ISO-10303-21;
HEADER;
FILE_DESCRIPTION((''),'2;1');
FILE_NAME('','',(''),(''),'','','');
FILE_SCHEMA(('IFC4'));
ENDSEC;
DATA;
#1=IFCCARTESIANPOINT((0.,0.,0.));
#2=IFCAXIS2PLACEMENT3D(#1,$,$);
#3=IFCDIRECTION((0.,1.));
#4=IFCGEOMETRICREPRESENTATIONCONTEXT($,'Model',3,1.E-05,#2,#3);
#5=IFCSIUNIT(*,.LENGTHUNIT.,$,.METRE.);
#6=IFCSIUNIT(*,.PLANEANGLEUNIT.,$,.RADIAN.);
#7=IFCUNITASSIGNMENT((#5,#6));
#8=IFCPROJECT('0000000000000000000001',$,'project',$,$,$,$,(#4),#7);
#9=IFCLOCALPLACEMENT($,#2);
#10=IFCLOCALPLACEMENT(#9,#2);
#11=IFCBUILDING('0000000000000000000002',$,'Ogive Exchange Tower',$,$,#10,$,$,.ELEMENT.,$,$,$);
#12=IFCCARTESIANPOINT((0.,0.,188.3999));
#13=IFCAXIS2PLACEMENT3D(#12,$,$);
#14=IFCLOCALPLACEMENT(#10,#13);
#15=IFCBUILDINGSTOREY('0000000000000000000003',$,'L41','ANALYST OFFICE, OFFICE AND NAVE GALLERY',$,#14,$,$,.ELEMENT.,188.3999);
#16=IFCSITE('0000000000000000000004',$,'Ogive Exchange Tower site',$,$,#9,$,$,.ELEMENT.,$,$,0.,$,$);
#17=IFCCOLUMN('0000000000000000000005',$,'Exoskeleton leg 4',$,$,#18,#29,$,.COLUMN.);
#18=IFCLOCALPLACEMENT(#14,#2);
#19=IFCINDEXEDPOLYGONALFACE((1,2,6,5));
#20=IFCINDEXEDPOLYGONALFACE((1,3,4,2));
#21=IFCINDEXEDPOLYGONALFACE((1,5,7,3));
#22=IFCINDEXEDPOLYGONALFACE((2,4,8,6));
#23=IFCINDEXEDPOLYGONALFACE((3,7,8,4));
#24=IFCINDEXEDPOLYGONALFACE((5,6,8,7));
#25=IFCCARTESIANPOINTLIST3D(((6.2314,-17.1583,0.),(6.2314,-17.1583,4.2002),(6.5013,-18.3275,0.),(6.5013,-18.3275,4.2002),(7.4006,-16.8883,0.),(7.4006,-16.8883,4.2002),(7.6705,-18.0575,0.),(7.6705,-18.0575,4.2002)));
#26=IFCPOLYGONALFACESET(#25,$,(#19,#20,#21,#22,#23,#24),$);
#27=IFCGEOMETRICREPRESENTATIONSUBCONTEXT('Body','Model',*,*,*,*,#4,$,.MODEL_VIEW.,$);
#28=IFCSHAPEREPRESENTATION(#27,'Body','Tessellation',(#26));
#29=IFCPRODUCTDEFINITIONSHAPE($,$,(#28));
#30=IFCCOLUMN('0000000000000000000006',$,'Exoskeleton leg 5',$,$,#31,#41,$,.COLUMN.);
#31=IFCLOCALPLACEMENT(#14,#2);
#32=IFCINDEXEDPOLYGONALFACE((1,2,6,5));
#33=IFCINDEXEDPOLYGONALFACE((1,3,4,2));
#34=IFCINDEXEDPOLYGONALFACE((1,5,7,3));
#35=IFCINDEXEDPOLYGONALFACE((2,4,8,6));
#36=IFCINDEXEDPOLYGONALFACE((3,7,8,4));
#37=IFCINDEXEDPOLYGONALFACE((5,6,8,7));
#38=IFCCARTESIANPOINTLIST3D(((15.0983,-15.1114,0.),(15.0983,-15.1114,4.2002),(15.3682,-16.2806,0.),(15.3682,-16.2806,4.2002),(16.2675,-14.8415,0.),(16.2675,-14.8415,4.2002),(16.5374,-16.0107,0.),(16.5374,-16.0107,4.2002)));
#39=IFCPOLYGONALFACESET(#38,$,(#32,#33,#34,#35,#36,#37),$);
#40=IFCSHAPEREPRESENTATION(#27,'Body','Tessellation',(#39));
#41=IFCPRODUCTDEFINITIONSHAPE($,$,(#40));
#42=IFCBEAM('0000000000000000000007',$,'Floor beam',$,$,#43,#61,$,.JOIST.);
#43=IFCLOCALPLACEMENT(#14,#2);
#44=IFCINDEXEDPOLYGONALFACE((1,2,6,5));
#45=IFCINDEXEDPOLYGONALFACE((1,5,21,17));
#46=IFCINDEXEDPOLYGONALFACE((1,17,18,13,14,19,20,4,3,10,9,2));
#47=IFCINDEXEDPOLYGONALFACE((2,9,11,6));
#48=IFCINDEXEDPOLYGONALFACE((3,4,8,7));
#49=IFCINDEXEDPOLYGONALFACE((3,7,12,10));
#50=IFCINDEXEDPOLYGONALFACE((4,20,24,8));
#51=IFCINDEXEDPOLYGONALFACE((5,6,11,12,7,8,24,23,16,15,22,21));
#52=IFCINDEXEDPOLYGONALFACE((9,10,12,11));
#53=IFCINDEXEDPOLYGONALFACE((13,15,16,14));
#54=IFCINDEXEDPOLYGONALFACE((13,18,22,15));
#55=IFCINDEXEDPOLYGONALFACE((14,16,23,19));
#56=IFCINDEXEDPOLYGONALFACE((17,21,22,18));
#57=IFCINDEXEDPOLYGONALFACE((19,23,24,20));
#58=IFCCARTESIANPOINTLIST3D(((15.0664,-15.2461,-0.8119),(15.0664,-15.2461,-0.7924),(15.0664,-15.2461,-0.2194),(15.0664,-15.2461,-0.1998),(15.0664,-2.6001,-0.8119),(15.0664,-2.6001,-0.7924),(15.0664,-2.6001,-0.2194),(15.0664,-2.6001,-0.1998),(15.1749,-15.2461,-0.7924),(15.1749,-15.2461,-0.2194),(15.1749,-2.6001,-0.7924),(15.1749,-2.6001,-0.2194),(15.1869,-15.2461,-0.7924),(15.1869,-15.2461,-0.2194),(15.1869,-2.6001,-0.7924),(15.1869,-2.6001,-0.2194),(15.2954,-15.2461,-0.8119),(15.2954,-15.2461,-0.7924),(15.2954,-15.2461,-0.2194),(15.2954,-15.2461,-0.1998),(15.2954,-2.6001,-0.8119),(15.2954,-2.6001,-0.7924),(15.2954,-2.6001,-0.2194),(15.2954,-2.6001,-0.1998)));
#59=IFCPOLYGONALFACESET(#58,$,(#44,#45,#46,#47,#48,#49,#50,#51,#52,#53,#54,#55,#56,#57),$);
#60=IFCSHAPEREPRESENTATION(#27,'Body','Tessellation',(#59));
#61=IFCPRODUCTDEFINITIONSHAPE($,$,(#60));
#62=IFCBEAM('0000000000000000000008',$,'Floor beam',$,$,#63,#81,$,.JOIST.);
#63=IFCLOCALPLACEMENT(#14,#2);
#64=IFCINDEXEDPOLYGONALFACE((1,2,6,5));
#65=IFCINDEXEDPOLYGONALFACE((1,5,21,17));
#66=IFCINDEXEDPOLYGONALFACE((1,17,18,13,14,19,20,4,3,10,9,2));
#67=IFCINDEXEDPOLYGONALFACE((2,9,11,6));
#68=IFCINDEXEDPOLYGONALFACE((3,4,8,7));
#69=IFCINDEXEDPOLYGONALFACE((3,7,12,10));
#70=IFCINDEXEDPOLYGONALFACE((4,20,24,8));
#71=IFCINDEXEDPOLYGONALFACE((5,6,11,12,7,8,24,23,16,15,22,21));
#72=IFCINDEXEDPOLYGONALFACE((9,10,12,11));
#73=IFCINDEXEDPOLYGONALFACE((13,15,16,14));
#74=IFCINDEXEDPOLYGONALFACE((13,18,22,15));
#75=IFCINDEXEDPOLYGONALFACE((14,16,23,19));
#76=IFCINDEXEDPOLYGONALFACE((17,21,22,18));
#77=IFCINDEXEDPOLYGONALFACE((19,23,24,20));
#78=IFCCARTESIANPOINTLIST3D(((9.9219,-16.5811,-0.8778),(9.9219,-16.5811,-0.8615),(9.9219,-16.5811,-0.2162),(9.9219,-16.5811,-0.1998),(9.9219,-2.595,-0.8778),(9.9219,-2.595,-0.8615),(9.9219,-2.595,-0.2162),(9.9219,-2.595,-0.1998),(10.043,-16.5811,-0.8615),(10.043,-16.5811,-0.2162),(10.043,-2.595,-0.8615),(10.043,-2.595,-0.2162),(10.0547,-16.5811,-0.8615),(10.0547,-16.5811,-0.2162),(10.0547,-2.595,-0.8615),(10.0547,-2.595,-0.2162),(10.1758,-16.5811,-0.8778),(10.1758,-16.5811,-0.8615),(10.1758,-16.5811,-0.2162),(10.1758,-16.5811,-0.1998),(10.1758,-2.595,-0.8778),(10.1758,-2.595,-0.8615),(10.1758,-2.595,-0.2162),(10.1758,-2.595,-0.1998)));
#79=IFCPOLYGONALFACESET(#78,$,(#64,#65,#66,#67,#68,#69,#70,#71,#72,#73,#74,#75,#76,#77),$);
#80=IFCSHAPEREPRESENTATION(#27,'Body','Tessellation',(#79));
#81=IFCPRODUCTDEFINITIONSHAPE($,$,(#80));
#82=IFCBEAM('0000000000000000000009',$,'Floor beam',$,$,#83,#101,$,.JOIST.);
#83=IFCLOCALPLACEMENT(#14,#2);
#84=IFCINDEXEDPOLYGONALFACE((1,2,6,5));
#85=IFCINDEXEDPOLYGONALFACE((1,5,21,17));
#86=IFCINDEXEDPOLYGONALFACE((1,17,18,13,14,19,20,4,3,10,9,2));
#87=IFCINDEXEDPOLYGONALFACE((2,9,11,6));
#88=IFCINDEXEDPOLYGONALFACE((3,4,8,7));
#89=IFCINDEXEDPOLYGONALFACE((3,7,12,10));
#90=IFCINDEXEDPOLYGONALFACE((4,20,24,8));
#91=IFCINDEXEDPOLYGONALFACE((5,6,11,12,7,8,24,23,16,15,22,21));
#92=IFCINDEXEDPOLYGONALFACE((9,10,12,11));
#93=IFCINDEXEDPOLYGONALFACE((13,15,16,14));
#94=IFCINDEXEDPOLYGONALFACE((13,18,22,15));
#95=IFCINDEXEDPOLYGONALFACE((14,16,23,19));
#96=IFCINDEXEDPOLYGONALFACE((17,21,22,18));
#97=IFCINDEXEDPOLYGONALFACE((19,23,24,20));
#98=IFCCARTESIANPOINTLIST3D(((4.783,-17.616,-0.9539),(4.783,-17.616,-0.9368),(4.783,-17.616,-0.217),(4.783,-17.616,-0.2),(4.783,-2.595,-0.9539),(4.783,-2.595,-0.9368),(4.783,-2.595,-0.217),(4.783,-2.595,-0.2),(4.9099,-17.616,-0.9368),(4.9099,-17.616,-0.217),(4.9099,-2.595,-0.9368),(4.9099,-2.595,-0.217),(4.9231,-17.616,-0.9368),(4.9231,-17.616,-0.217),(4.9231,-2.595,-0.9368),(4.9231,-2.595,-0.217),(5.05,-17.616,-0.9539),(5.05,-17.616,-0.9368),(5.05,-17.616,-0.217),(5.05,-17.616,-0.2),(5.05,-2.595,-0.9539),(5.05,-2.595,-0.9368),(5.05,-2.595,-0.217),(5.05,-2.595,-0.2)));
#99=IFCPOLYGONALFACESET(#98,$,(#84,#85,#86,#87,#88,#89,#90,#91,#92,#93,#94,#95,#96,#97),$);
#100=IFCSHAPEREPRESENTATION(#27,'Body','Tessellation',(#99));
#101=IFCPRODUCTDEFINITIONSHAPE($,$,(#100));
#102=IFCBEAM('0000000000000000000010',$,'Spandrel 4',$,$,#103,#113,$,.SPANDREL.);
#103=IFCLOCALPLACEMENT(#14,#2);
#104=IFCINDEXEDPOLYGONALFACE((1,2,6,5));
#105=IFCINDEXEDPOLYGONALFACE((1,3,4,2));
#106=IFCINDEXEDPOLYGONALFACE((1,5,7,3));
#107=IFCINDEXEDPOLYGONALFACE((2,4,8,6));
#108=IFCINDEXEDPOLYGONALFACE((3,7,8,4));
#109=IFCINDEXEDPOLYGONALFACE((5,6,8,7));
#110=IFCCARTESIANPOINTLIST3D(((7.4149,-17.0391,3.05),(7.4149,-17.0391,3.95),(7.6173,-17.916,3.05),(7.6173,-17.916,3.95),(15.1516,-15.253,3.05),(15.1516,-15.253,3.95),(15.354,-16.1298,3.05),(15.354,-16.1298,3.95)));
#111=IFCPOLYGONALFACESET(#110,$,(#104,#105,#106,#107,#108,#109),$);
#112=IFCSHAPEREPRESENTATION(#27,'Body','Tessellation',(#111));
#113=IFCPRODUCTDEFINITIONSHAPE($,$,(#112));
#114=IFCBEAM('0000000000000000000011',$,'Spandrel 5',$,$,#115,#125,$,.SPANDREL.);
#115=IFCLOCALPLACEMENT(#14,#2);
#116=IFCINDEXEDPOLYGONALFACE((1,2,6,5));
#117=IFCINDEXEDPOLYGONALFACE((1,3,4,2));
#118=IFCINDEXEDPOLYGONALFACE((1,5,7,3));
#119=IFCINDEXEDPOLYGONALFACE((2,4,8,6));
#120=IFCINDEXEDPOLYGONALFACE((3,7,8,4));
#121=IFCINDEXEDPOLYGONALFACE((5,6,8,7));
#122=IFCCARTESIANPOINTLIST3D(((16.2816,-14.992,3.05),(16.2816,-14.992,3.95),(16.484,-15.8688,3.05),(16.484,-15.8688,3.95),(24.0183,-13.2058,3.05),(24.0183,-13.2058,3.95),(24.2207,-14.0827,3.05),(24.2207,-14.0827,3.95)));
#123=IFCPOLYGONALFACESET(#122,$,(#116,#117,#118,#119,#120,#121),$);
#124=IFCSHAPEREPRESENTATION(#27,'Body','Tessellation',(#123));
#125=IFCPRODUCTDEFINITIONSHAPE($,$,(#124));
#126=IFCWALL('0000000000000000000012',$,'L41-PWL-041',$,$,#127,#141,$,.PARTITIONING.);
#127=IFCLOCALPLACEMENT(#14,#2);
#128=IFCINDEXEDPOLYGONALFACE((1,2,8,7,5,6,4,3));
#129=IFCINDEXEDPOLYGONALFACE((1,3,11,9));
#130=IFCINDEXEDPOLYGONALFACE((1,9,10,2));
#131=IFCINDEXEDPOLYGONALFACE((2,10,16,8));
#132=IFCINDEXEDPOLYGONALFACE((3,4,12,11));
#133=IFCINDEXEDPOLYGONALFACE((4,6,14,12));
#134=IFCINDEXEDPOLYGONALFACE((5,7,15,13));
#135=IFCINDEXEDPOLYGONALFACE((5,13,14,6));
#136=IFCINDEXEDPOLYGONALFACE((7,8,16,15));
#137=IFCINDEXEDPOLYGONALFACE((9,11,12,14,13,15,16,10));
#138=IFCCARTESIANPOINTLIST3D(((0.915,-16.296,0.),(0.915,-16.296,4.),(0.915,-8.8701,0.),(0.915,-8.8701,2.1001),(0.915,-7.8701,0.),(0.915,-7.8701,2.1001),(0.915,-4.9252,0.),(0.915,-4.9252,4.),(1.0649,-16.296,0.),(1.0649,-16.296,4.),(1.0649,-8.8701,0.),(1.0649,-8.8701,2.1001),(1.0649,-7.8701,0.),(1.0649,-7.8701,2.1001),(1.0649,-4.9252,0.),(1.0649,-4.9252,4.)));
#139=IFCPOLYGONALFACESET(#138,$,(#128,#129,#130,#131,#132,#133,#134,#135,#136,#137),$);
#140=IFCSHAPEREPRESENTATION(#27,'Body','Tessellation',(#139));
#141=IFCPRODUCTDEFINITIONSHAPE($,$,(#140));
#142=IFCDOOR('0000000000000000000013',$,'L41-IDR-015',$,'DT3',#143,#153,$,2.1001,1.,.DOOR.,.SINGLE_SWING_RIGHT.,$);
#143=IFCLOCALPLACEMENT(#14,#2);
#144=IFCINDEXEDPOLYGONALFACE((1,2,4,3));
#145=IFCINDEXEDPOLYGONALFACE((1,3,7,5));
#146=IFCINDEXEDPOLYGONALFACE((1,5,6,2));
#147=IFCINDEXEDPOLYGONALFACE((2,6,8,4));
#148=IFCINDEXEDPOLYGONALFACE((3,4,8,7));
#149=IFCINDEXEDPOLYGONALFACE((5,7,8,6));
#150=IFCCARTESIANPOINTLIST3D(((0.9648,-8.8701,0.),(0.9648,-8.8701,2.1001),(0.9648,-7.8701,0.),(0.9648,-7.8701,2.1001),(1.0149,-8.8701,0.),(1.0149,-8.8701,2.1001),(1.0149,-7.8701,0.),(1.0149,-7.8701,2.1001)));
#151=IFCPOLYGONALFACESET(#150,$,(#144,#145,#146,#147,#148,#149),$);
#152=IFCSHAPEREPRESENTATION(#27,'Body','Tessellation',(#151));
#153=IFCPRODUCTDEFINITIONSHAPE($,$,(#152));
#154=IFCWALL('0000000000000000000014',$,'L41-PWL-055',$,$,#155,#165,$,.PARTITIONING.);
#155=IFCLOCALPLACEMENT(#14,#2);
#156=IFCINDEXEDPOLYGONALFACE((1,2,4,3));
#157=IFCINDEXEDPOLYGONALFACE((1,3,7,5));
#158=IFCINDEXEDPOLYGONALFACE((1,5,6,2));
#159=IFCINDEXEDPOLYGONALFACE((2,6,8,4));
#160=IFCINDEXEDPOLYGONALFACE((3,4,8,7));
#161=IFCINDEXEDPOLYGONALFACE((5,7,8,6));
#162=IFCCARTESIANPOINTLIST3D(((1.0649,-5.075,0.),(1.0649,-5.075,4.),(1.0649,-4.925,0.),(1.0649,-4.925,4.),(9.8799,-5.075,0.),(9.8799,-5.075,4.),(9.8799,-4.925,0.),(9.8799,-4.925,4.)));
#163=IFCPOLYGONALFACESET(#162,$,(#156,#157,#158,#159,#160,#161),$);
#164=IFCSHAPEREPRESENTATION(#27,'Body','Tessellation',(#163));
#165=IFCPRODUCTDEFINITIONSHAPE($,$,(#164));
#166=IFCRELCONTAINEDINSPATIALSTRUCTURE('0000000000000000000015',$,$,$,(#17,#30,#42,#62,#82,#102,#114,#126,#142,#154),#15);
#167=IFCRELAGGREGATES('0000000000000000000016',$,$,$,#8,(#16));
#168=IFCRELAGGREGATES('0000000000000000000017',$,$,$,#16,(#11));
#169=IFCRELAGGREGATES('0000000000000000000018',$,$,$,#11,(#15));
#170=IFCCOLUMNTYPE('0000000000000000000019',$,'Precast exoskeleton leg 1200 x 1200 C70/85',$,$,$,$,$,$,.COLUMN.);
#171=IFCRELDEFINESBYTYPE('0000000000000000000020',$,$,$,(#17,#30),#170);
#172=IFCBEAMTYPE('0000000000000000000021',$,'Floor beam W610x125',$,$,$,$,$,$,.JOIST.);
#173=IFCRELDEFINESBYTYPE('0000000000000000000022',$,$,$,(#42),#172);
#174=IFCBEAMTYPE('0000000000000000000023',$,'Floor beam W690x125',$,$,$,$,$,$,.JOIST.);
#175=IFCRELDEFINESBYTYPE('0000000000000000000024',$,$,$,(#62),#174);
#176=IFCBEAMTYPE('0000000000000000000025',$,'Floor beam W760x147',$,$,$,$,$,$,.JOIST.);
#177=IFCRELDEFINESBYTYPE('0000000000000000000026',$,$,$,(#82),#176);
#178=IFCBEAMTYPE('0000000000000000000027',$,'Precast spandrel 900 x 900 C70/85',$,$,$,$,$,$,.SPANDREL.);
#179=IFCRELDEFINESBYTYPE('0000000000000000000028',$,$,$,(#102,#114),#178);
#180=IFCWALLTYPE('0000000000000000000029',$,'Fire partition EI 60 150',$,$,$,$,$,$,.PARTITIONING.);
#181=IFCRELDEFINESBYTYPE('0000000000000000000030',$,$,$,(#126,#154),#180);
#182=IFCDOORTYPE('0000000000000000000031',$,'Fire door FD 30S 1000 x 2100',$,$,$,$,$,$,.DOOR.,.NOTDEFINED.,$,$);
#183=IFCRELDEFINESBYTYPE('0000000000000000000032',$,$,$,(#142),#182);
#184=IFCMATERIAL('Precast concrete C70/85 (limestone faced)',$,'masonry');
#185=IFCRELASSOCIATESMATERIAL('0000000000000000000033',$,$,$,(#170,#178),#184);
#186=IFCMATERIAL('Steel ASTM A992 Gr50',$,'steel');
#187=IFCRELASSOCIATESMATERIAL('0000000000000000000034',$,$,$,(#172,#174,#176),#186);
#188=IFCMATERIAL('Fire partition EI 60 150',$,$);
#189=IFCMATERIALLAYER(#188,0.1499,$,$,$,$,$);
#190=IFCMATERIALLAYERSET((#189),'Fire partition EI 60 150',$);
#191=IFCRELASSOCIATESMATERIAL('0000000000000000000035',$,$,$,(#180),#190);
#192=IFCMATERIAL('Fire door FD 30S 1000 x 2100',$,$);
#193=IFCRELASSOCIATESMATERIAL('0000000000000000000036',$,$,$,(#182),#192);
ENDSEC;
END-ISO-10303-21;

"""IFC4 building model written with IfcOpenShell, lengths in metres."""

from ifc_helpers import new_model, si_unit, direction, frame, frame_2d, origin, origin_2d, place, context, subcontext, project, spatial, rectangle, i_section, extrude, material, layer, layer_set, material_profile, profile_set, type_object, element, fill, save


model = new_model("IFC4")

# Units and contexts
model_context = context("Model", 3, precision=1e-05, world=origin(), true_north=direction((0.0, 1.0)))
body_context = subcontext(model_context, "Body", "Model", "MODEL_VIEW")
ifc_project = project(units=[si_unit("LENGTHUNIT", "METRE"), si_unit("PLANEANGLEUNIT", "RADIAN")], contexts=[model_context])

# Site, building, storey
site_placement = place(None, origin())
site = spatial("IfcSite", under=ifc_project, at=site_placement, Name="Ogive Exchange Tower site", CompositionType="ELEMENT", RefElevation=0.0)
building_placement = place(site_placement, origin())
building = spatial("IfcBuilding", under=site, at=building_placement, Name="Ogive Exchange Tower", CompositionType="ELEMENT")
storey_placement = place(building_placement, frame((0.0, 0.0, 188.3999)))
storey = spatial("IfcBuildingStorey", under=building, at=storey_placement, Name="L41", Description="ANALYST OFFICE, OFFICE AND NAVE GALLERY", CompositionType="ELEMENT", Elevation=188.3999)

# Columns
ifc_material_1 = material(Name="Precast concrete C70/85 (limestone faced)", Category="masonry")
ifc_material_profile_1 = material_profile(ifc_material_1, rectangle(XDim=1.2, YDim=1.2, at=origin_2d()), Name="1200 x 1200")
ifc_profile_set_1 = profile_set([ifc_material_profile_1], Name="Precast concrete C70/85 (limestone faced)")
column_type = type_object("IfcColumnType", Name="Precast exoskeleton leg 1200 x 1200 C70/85", PredefinedType="COLUMN", material=ifc_profile_set_1)
for number, where, z_axis, x_axis, name in (
    (1, (6.9509, -17.6079, 0.0), (0.0, 0.0, 1.0), (0.97437, 0.224951, 0.0), "Exoskeleton leg 4"),
    (2, (15.8179, -15.561, 0.0), (0.0, 0.0, 1.0), (0.97437, 0.224951, 0.0), "Exoskeleton leg 5"),
):
    element("IfcColumn", number, at=place(storey_placement, frame(where, z_axis=z_axis, x_axis=x_axis)), inside=storey, type_object=column_type, Name=name, PredefinedType="COLUMN", context=body_context, shape_type="SweptSolid", body=[
        extrude(rectangle(XDim=1.2, YDim=1.2, at=origin_2d()), origin(), (0.0, 0.0, 1.0), 4.2002),
    ])

# Beams
ifc_material_2 = material(Name="Steel ASTM A992 Gr50", Category="steel")
ifc_material_profile_2 = material_profile(ifc_material_2, i_section(OverallWidth=0.229, OverallDepth=0.6121, WebThickness=0.012, FlangeThickness=0.0195, at=origin_2d()), Name="W610x125")
ifc_profile_set_2 = profile_set([ifc_material_profile_2], Name="Steel ASTM A992 Gr50")
beam_type_1 = type_object("IfcBeamType", Name="Floor beam W610x125", PredefinedType="JOIST", material=ifc_profile_set_2)
beam_1_placement = place(storey_placement, frame((15.1809, -15.2461, -0.5059), z_axis=(0.0, 1.0, 0.0), x_axis=(-1.0, 0.0, 0.0)))
element("IfcBeam", 3, at=beam_1_placement, inside=storey, type_object=beam_type_1, Name="Floor beam", PredefinedType="JOIST", context=body_context, shape_type="SweptSolid", body=[
    extrude(i_section(OverallWidth=0.229, OverallDepth=0.6121, WebThickness=0.012, FlangeThickness=0.0195, at=origin_2d()), origin(), (0.0, 0.0, 1.0), 12.646),
])
ifc_material_profile_3 = material_profile(ifc_material_2, i_section(OverallWidth=0.2539, OverallDepth=0.678, WebThickness=0.0117, FlangeThickness=0.0164, at=origin_2d()), Name="W690x125")
ifc_profile_set_3 = profile_set([ifc_material_profile_3], Name="Steel ASTM A992 Gr50")
beam_type_2 = type_object("IfcBeamType", Name="Floor beam W690x125", PredefinedType="JOIST", material=ifc_profile_set_3)
beam_2_placement = place(storey_placement, frame((10.0488, -16.5811, -0.5388), z_axis=(0.0, 1.0, 0.0), x_axis=(-1.0, 0.0, 0.0)))
element("IfcBeam", 4, at=beam_2_placement, inside=storey, type_object=beam_type_2, Name="Floor beam", PredefinedType="JOIST", context=body_context, shape_type="SweptSolid", body=[
    extrude(i_section(OverallWidth=0.2539, OverallDepth=0.678, WebThickness=0.0117, FlangeThickness=0.0164, at=origin_2d()), origin(), (0.0, 0.0, 1.0), 13.9861),
])
ifc_material_profile_4 = material_profile(ifc_material_2, i_section(OverallWidth=0.2671, OverallDepth=0.7539, WebThickness=0.0132, FlangeThickness=0.0171, at=origin_2d()), Name="W760x147")
ifc_profile_set_4 = profile_set([ifc_material_profile_4], Name="Steel ASTM A992 Gr50")
beam_type_3 = type_object("IfcBeamType", Name="Floor beam W760x147", PredefinedType="JOIST", material=ifc_profile_set_4)
beam_3_placement = place(storey_placement, frame((4.9165, -17.616, -0.5769), z_axis=(0.0, 1.0, 0.0), x_axis=(-1.0, 0.0, 0.0)))
element("IfcBeam", 5, at=beam_3_placement, inside=storey, type_object=beam_type_3, Name="Floor beam", PredefinedType="JOIST", context=body_context, shape_type="SweptSolid", body=[
    extrude(i_section(OverallWidth=0.2671, OverallDepth=0.7539, WebThickness=0.0132, FlangeThickness=0.0171, at=origin_2d()), origin(), (0.0, 0.0, 1.0), 15.021),
])
ifc_material_profile_5 = material_profile(ifc_material_1, rectangle(XDim=0.8999, YDim=0.8999, at=origin_2d()), Name="900 x 900")
ifc_profile_set_5 = profile_set([ifc_material_profile_5], Name="Precast concrete C70/85 (limestone faced)")
beam_type_4 = type_object("IfcBeamType", Name="Precast spandrel 900 x 900 C70/85", PredefinedType="SPANDREL", material=ifc_profile_set_5)
for number, where, z_axis, x_axis, name in (
    (6, (7.5161, -17.4775, 3.5), (0.97437, 0.224952, 0.0), (-0.224952, 0.97437, 0.0), "Spandrel 4"),
    (7, (16.3828, -15.4304, 3.5), (0.97437, 0.224952, 0.0), (-0.224952, 0.97437, 0.0), "Spandrel 5"),
):
    element("IfcBeam", number, at=place(storey_placement, frame(where, z_axis=z_axis, x_axis=x_axis)), inside=storey, type_object=beam_type_4, Name=name, PredefinedType="SPANDREL", context=body_context, shape_type="SweptSolid", body=[
        extrude(rectangle(XDim=0.8999, YDim=0.8999, at=origin_2d()), origin(), (0.0, 0.0, 1.0), 7.9402),
    ])

# Wall, opening, door
ifc_material_3 = material(Name="Fire partition EI 60 150")
ifc_layer_1 = layer(ifc_material_3, 0.1499)
ifc_layer_set_1 = layer_set([ifc_layer_1], Name="Fire partition EI 60 150")
wall_type_1 = type_object("IfcWallType", Name="Fire partition EI 60 150", PredefinedType="PARTITIONING", material=ifc_layer_set_1)
wall_1_placement = place(storey_placement, frame((0.99, -4.925, 0.0), z_axis=(0.0, 0.0, 1.0), x_axis=(0.0, -1.0, 0.0)))
wall_1 = element("IfcWall", 8, at=wall_1_placement, inside=storey, type_object=wall_type_1, Name="L41-PWL-041", PredefinedType="PARTITIONING", context=body_context, shape_type="SweptSolid", body=[
    extrude(rectangle(XDim=11.3708, YDim=0.1499, at=frame_2d((5.6855, 0.0))), origin(), (0.0, 0.0, 1.0), 4.0),
])
opening_1_placement = place(wall_1_placement, frame((2.9451, 0.0, 0.0)))
opening_1 = element("IfcOpeningElement", 9, at=opening_1_placement, cuts=wall_1, PredefinedType="OPENING", context=body_context, shape_type="SweptSolid", body=[
    extrude(rectangle(XDim=1.0, YDim=2.1001, at=frame_2d((0.5, 1.05))), frame((0.0, 0.085, 0.0), z_axis=(0.0, -1.0, 0.0), x_axis=(1.0, 0.0, 0.0)), (0.0, 0.0, 1.0), 0.1699),
])
ifc_material_4 = material(Name="Fire door FD 30S 1000 x 2100")
door_type_1 = type_object("IfcDoorType", Name="Fire door FD 30S 1000 x 2100", OperationType="NOTDEFINED", PredefinedType="DOOR", material=ifc_material_4)
door_1_placement = place(opening_1_placement, origin())
door_1 = element("IfcDoor", 10, at=door_1_placement, inside=storey, type_object=door_type_1, Name="L41-IDR-015", ObjectType="DT3", OperationType="SINGLE_SWING_RIGHT", OverallHeight=2.1001, OverallWidth=1.0, PredefinedType="DOOR", context=body_context, shape_type="SweptSolid", body=[
    extrude(rectangle(XDim=1.0, YDim=2.1001, at=frame_2d((0.5, 1.05))), frame((0.0, 0.0249, 0.0), z_axis=(0.0, -1.0, 0.0), x_axis=(1.0, 0.0, 0.0)), (0.0, 0.0, 1.0), 0.05),
])
fill(opening_1, door_1)

# Wall
wall_2_placement = place(storey_placement, frame((9.8799, -5.0, 0.0), z_axis=(0.0, 0.0, 1.0), x_axis=(-1.0, 0.0, 0.0)))
element("IfcWall", 11, at=wall_2_placement, inside=storey, type_object=wall_type_1, Name="L41-PWL-055", PredefinedType="PARTITIONING", context=body_context, shape_type="SweptSolid", body=[
    extrude(rectangle(XDim=8.8149, YDim=0.1499, at=frame_2d((4.4075, 0.0))), origin(), (0.0, 0.0, 1.0), 4.0),
])

save(model, "model.ifc")
